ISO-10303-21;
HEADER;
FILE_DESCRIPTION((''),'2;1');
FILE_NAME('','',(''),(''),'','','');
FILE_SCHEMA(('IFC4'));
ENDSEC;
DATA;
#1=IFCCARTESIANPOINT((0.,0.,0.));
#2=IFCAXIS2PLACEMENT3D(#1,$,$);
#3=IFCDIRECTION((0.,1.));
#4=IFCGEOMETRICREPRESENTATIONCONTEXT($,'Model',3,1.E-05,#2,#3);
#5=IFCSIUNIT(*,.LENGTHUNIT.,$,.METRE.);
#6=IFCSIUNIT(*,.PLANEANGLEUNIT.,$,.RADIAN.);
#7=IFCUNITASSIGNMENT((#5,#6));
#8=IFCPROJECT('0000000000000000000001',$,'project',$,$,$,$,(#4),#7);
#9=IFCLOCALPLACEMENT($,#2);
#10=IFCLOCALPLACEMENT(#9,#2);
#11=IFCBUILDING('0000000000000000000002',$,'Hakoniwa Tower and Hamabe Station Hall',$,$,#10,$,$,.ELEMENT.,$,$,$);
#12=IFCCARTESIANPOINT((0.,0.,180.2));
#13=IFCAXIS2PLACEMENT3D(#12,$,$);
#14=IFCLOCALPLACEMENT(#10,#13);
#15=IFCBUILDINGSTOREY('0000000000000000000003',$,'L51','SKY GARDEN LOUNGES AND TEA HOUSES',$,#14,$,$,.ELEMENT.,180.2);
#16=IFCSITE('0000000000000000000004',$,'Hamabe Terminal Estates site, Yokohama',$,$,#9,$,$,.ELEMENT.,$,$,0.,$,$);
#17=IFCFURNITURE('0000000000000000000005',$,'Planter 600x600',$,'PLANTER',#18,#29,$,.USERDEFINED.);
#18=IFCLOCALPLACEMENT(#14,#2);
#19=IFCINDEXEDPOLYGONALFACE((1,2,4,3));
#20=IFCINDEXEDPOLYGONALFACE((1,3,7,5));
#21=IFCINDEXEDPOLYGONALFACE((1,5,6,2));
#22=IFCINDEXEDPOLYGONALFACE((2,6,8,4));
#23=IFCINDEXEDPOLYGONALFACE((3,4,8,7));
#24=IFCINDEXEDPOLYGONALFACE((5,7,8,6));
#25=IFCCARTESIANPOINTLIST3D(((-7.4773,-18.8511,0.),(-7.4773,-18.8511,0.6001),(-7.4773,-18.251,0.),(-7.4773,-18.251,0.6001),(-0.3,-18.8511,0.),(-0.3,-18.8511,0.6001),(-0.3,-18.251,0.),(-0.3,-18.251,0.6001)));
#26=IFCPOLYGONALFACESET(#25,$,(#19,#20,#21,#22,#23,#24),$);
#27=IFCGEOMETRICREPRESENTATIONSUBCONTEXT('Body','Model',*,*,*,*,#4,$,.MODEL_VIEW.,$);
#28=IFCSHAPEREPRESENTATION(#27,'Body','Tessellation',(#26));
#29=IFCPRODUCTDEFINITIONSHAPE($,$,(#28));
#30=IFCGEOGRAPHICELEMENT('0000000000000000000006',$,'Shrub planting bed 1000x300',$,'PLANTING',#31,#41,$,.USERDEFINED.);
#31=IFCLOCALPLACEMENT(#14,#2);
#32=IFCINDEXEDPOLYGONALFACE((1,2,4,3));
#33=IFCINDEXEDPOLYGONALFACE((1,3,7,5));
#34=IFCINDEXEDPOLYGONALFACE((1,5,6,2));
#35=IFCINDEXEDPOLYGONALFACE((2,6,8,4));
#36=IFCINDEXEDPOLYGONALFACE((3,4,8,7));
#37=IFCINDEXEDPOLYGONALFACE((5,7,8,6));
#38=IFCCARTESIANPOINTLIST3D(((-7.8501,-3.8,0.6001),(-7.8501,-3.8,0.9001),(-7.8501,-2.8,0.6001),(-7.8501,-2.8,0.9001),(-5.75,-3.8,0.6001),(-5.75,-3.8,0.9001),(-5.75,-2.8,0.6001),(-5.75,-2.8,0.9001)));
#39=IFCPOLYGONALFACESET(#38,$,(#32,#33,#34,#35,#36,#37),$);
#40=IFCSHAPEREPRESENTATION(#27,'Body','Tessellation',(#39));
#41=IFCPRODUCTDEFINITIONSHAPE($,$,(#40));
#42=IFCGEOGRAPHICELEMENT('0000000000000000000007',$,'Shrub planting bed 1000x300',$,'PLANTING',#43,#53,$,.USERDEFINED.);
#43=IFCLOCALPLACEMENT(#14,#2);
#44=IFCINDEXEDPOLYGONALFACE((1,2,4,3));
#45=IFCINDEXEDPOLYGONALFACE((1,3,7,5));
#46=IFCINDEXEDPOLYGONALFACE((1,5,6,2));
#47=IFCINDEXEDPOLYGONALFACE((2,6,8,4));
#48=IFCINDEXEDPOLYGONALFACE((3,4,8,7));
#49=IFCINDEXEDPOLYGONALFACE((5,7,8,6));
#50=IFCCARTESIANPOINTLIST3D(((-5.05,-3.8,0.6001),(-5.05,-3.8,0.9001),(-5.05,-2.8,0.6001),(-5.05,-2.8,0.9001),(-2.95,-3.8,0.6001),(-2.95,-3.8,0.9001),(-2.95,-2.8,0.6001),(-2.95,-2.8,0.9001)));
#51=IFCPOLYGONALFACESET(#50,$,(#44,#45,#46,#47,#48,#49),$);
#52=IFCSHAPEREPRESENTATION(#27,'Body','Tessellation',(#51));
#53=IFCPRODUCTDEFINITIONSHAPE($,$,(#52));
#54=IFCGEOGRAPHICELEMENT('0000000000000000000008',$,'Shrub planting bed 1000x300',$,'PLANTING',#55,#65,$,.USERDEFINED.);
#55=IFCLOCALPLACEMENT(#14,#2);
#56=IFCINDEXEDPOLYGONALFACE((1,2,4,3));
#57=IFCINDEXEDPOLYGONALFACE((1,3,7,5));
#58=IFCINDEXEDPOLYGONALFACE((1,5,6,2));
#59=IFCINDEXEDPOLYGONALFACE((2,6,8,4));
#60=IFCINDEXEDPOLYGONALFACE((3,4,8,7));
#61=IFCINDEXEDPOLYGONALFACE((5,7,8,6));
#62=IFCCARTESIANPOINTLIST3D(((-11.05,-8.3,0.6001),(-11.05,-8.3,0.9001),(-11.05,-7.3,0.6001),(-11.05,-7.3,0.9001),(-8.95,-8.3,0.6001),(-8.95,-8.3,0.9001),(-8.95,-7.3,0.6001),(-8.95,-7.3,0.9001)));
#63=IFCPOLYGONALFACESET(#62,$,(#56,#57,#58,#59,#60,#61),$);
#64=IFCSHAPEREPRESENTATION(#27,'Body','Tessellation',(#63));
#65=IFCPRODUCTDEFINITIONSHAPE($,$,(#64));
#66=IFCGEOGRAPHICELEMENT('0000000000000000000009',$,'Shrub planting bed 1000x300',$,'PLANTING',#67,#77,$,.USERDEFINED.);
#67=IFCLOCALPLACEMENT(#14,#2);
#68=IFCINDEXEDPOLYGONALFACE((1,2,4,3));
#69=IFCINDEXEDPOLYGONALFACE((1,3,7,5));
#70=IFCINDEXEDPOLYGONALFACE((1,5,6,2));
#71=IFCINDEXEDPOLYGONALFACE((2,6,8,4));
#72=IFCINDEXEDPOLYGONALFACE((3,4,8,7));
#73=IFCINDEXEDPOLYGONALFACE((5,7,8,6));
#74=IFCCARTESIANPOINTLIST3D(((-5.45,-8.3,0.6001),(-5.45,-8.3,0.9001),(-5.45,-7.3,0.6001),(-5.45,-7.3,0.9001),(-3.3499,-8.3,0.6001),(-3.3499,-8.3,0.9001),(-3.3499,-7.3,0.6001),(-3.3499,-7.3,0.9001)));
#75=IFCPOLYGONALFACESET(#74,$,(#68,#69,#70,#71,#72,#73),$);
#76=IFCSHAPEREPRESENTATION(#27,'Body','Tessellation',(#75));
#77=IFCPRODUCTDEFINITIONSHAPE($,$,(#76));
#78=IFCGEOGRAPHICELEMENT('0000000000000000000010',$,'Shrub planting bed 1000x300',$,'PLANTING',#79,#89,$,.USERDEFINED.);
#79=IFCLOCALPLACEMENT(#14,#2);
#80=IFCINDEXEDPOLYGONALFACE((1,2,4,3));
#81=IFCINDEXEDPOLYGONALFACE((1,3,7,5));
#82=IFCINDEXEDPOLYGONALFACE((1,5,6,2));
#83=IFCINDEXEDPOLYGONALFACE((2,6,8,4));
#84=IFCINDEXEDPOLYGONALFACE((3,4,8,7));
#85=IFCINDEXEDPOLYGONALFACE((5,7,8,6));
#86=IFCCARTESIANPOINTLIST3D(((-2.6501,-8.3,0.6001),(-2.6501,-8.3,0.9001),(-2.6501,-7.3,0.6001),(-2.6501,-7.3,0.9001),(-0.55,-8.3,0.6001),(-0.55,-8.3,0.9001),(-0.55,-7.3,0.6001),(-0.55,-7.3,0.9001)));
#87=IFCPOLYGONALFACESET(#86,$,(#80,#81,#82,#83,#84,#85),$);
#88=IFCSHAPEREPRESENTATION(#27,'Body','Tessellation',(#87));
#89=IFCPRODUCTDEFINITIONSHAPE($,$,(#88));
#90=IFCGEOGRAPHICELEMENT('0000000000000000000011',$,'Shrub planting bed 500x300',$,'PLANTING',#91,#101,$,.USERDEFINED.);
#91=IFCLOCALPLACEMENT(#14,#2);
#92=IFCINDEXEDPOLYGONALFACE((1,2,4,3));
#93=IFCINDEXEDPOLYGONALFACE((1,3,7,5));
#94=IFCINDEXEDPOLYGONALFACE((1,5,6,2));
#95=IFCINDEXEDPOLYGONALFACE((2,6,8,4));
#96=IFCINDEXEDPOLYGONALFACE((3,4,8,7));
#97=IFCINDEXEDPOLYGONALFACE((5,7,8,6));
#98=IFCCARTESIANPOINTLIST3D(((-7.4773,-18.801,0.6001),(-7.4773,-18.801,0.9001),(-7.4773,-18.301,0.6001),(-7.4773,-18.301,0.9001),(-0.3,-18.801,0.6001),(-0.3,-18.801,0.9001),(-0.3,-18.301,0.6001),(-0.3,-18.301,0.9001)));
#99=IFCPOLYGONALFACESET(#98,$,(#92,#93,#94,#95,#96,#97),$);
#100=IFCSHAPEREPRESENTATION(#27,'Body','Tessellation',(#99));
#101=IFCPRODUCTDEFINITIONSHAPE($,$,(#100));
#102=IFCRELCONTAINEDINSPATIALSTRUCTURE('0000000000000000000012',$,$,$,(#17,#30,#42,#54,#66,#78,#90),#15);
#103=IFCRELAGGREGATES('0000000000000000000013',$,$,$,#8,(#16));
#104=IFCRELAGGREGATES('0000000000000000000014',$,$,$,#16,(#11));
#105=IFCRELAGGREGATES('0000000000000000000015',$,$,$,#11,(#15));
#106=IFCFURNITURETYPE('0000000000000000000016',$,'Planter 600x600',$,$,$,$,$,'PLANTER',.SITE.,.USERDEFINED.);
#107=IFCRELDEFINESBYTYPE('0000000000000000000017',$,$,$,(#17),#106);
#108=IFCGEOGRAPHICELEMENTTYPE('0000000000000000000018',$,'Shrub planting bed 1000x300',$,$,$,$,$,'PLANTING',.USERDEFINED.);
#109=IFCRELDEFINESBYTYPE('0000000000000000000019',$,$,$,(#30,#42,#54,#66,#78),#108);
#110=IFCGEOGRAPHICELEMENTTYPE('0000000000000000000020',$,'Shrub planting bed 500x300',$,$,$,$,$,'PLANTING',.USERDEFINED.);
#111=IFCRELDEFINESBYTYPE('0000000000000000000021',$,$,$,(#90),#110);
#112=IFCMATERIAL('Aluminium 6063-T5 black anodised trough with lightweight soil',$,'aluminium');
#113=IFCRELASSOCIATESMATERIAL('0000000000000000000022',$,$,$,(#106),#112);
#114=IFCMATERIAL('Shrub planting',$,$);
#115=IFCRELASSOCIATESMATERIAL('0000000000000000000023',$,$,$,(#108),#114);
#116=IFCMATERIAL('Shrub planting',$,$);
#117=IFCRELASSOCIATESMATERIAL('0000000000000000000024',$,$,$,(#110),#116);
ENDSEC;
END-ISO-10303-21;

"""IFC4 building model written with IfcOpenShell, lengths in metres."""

from ifc_helpers import new_model, si_unit, direction, frame, origin, origin_2d, place, context, subcontext, project, spatial, rectangle, extrude, material, type_object, element, save


model = new_model("IFC4")

# Units and contexts
model_context = context("Model", 3, precision=1e-05, world=origin(), true_north=direction((0.0, 1.0)))
body_context = subcontext(model_context, "Body", "Model", "MODEL_VIEW")
ifc_project = project(units=[si_unit("LENGTHUNIT", "METRE"), si_unit("PLANEANGLEUNIT", "RADIAN")], contexts=[model_context])

# Site, building, storey
site_placement = place(None, origin())
site = spatial("IfcSite", under=ifc_project, at=site_placement, Name="Hamabe Terminal Estates site, Yokohama", CompositionType="ELEMENT", RefElevation=0.0)
building_placement = place(site_placement, origin())
building = spatial("IfcBuilding", under=site, at=building_placement, Name="Hakoniwa Tower and Hamabe Station Hall", CompositionType="ELEMENT")
storey_placement = place(building_placement, frame((0.0, 0.0, 180.2)))
storey = spatial("IfcBuildingStorey", under=building, at=storey_placement, Name="L51", Description="SKY GARDEN LOUNGES AND TEA HOUSES", CompositionType="ELEMENT", Elevation=180.2)

# Furniture
ifc_material_1 = material(Name="Aluminium 6063-T5 black anodised trough with lightweight soil", Category="aluminium")
furniture_type_1 = type_object("IfcFurnitureType", Name="Planter 600x600", ElementType="PLANTER", AssemblyPlace="SITE", PredefinedType="USERDEFINED", material=ifc_material_1)
furniture_placement = place(storey_placement, frame((-3.8887, -18.551, 0.0), z_axis=(0.0, 0.0, 1.0), x_axis=(1.0, 0.0, 0.0)))
element("IfcFurniture", 1, at=furniture_placement, inside=storey, type_object=furniture_type_1, Name="Planter 600x600", ObjectType="PLANTER", PredefinedType="USERDEFINED", context=body_context, shape_type="SweptSolid", body=[
    extrude(rectangle(XDim=7.1772, YDim=0.6001, at=origin_2d()), origin(), (0.0, 0.0, 1.0), 0.6001),
])

# Geographic elements
ifc_material_2 = material(Name="Shrub planting")
geographic_element_type_1 = type_object("IfcGeographicElementType", Name="Shrub planting bed 1000x300", ElementType="PLANTING", PredefinedType="USERDEFINED", material=ifc_material_2)
for number, where, z_axis, x_axis, name in (
    (2, (-6.8, -3.3, 0.6001), (0.0, 0.0, 1.0), (1.0, 0.0, 0.0), "Shrub planting bed 1000x300"),
    (3, (-4.0, -3.3, 0.6001), (0.0, 0.0, 1.0), (1.0, 0.0, 0.0), "Shrub planting bed 1000x300"),
    (4, (-10.0, -7.8, 0.6001), (0.0, 0.0, 1.0), (1.0, 0.0, 0.0), "Shrub planting bed 1000x300"),
    (5, (-4.3999, -7.8, 0.6001), (0.0, 0.0, 1.0), (1.0, 0.0, 0.0), "Shrub planting bed 1000x300"),
    (6, (-1.6001, -7.8, 0.6001), (0.0, 0.0, 1.0), (1.0, 0.0, 0.0), "Shrub planting bed 1000x300"),
):
    element("IfcGeographicElement", number, at=place(storey_placement, frame(where, z_axis=z_axis, x_axis=x_axis)), inside=storey, type_object=geographic_element_type_1, Name=name, ObjectType="PLANTING", PredefinedType="USERDEFINED", context=body_context, shape_type="SweptSolid", body=[
        extrude(rectangle(XDim=2.1001, YDim=1.0, at=origin_2d()), origin(), (0.0, 0.0, 1.0), 0.3),
    ])
ifc_material_3 = material(Name="Shrub planting")
geographic_element_type_2 = type_object("IfcGeographicElementType", Name="Shrub planting bed 500x300", ElementType="PLANTING", PredefinedType="USERDEFINED", material=ifc_material_3)
geographic_element_placement = place(storey_placement, frame((-3.8887, -18.551, 0.6001), z_axis=(0.0, 0.0, 1.0), x_axis=(1.0, 0.0, 0.0)))
element("IfcGeographicElement", 7, at=geographic_element_placement, inside=storey, type_object=geographic_element_type_2, Name="Shrub planting bed 500x300", ObjectType="PLANTING", PredefinedType="USERDEFINED", context=body_context, shape_type="SweptSolid", body=[
    extrude(rectangle(XDim=7.1772, YDim=0.5, at=origin_2d()), origin(), (0.0, 0.0, 1.0), 0.3),
])

save(model, "model.ifc")
